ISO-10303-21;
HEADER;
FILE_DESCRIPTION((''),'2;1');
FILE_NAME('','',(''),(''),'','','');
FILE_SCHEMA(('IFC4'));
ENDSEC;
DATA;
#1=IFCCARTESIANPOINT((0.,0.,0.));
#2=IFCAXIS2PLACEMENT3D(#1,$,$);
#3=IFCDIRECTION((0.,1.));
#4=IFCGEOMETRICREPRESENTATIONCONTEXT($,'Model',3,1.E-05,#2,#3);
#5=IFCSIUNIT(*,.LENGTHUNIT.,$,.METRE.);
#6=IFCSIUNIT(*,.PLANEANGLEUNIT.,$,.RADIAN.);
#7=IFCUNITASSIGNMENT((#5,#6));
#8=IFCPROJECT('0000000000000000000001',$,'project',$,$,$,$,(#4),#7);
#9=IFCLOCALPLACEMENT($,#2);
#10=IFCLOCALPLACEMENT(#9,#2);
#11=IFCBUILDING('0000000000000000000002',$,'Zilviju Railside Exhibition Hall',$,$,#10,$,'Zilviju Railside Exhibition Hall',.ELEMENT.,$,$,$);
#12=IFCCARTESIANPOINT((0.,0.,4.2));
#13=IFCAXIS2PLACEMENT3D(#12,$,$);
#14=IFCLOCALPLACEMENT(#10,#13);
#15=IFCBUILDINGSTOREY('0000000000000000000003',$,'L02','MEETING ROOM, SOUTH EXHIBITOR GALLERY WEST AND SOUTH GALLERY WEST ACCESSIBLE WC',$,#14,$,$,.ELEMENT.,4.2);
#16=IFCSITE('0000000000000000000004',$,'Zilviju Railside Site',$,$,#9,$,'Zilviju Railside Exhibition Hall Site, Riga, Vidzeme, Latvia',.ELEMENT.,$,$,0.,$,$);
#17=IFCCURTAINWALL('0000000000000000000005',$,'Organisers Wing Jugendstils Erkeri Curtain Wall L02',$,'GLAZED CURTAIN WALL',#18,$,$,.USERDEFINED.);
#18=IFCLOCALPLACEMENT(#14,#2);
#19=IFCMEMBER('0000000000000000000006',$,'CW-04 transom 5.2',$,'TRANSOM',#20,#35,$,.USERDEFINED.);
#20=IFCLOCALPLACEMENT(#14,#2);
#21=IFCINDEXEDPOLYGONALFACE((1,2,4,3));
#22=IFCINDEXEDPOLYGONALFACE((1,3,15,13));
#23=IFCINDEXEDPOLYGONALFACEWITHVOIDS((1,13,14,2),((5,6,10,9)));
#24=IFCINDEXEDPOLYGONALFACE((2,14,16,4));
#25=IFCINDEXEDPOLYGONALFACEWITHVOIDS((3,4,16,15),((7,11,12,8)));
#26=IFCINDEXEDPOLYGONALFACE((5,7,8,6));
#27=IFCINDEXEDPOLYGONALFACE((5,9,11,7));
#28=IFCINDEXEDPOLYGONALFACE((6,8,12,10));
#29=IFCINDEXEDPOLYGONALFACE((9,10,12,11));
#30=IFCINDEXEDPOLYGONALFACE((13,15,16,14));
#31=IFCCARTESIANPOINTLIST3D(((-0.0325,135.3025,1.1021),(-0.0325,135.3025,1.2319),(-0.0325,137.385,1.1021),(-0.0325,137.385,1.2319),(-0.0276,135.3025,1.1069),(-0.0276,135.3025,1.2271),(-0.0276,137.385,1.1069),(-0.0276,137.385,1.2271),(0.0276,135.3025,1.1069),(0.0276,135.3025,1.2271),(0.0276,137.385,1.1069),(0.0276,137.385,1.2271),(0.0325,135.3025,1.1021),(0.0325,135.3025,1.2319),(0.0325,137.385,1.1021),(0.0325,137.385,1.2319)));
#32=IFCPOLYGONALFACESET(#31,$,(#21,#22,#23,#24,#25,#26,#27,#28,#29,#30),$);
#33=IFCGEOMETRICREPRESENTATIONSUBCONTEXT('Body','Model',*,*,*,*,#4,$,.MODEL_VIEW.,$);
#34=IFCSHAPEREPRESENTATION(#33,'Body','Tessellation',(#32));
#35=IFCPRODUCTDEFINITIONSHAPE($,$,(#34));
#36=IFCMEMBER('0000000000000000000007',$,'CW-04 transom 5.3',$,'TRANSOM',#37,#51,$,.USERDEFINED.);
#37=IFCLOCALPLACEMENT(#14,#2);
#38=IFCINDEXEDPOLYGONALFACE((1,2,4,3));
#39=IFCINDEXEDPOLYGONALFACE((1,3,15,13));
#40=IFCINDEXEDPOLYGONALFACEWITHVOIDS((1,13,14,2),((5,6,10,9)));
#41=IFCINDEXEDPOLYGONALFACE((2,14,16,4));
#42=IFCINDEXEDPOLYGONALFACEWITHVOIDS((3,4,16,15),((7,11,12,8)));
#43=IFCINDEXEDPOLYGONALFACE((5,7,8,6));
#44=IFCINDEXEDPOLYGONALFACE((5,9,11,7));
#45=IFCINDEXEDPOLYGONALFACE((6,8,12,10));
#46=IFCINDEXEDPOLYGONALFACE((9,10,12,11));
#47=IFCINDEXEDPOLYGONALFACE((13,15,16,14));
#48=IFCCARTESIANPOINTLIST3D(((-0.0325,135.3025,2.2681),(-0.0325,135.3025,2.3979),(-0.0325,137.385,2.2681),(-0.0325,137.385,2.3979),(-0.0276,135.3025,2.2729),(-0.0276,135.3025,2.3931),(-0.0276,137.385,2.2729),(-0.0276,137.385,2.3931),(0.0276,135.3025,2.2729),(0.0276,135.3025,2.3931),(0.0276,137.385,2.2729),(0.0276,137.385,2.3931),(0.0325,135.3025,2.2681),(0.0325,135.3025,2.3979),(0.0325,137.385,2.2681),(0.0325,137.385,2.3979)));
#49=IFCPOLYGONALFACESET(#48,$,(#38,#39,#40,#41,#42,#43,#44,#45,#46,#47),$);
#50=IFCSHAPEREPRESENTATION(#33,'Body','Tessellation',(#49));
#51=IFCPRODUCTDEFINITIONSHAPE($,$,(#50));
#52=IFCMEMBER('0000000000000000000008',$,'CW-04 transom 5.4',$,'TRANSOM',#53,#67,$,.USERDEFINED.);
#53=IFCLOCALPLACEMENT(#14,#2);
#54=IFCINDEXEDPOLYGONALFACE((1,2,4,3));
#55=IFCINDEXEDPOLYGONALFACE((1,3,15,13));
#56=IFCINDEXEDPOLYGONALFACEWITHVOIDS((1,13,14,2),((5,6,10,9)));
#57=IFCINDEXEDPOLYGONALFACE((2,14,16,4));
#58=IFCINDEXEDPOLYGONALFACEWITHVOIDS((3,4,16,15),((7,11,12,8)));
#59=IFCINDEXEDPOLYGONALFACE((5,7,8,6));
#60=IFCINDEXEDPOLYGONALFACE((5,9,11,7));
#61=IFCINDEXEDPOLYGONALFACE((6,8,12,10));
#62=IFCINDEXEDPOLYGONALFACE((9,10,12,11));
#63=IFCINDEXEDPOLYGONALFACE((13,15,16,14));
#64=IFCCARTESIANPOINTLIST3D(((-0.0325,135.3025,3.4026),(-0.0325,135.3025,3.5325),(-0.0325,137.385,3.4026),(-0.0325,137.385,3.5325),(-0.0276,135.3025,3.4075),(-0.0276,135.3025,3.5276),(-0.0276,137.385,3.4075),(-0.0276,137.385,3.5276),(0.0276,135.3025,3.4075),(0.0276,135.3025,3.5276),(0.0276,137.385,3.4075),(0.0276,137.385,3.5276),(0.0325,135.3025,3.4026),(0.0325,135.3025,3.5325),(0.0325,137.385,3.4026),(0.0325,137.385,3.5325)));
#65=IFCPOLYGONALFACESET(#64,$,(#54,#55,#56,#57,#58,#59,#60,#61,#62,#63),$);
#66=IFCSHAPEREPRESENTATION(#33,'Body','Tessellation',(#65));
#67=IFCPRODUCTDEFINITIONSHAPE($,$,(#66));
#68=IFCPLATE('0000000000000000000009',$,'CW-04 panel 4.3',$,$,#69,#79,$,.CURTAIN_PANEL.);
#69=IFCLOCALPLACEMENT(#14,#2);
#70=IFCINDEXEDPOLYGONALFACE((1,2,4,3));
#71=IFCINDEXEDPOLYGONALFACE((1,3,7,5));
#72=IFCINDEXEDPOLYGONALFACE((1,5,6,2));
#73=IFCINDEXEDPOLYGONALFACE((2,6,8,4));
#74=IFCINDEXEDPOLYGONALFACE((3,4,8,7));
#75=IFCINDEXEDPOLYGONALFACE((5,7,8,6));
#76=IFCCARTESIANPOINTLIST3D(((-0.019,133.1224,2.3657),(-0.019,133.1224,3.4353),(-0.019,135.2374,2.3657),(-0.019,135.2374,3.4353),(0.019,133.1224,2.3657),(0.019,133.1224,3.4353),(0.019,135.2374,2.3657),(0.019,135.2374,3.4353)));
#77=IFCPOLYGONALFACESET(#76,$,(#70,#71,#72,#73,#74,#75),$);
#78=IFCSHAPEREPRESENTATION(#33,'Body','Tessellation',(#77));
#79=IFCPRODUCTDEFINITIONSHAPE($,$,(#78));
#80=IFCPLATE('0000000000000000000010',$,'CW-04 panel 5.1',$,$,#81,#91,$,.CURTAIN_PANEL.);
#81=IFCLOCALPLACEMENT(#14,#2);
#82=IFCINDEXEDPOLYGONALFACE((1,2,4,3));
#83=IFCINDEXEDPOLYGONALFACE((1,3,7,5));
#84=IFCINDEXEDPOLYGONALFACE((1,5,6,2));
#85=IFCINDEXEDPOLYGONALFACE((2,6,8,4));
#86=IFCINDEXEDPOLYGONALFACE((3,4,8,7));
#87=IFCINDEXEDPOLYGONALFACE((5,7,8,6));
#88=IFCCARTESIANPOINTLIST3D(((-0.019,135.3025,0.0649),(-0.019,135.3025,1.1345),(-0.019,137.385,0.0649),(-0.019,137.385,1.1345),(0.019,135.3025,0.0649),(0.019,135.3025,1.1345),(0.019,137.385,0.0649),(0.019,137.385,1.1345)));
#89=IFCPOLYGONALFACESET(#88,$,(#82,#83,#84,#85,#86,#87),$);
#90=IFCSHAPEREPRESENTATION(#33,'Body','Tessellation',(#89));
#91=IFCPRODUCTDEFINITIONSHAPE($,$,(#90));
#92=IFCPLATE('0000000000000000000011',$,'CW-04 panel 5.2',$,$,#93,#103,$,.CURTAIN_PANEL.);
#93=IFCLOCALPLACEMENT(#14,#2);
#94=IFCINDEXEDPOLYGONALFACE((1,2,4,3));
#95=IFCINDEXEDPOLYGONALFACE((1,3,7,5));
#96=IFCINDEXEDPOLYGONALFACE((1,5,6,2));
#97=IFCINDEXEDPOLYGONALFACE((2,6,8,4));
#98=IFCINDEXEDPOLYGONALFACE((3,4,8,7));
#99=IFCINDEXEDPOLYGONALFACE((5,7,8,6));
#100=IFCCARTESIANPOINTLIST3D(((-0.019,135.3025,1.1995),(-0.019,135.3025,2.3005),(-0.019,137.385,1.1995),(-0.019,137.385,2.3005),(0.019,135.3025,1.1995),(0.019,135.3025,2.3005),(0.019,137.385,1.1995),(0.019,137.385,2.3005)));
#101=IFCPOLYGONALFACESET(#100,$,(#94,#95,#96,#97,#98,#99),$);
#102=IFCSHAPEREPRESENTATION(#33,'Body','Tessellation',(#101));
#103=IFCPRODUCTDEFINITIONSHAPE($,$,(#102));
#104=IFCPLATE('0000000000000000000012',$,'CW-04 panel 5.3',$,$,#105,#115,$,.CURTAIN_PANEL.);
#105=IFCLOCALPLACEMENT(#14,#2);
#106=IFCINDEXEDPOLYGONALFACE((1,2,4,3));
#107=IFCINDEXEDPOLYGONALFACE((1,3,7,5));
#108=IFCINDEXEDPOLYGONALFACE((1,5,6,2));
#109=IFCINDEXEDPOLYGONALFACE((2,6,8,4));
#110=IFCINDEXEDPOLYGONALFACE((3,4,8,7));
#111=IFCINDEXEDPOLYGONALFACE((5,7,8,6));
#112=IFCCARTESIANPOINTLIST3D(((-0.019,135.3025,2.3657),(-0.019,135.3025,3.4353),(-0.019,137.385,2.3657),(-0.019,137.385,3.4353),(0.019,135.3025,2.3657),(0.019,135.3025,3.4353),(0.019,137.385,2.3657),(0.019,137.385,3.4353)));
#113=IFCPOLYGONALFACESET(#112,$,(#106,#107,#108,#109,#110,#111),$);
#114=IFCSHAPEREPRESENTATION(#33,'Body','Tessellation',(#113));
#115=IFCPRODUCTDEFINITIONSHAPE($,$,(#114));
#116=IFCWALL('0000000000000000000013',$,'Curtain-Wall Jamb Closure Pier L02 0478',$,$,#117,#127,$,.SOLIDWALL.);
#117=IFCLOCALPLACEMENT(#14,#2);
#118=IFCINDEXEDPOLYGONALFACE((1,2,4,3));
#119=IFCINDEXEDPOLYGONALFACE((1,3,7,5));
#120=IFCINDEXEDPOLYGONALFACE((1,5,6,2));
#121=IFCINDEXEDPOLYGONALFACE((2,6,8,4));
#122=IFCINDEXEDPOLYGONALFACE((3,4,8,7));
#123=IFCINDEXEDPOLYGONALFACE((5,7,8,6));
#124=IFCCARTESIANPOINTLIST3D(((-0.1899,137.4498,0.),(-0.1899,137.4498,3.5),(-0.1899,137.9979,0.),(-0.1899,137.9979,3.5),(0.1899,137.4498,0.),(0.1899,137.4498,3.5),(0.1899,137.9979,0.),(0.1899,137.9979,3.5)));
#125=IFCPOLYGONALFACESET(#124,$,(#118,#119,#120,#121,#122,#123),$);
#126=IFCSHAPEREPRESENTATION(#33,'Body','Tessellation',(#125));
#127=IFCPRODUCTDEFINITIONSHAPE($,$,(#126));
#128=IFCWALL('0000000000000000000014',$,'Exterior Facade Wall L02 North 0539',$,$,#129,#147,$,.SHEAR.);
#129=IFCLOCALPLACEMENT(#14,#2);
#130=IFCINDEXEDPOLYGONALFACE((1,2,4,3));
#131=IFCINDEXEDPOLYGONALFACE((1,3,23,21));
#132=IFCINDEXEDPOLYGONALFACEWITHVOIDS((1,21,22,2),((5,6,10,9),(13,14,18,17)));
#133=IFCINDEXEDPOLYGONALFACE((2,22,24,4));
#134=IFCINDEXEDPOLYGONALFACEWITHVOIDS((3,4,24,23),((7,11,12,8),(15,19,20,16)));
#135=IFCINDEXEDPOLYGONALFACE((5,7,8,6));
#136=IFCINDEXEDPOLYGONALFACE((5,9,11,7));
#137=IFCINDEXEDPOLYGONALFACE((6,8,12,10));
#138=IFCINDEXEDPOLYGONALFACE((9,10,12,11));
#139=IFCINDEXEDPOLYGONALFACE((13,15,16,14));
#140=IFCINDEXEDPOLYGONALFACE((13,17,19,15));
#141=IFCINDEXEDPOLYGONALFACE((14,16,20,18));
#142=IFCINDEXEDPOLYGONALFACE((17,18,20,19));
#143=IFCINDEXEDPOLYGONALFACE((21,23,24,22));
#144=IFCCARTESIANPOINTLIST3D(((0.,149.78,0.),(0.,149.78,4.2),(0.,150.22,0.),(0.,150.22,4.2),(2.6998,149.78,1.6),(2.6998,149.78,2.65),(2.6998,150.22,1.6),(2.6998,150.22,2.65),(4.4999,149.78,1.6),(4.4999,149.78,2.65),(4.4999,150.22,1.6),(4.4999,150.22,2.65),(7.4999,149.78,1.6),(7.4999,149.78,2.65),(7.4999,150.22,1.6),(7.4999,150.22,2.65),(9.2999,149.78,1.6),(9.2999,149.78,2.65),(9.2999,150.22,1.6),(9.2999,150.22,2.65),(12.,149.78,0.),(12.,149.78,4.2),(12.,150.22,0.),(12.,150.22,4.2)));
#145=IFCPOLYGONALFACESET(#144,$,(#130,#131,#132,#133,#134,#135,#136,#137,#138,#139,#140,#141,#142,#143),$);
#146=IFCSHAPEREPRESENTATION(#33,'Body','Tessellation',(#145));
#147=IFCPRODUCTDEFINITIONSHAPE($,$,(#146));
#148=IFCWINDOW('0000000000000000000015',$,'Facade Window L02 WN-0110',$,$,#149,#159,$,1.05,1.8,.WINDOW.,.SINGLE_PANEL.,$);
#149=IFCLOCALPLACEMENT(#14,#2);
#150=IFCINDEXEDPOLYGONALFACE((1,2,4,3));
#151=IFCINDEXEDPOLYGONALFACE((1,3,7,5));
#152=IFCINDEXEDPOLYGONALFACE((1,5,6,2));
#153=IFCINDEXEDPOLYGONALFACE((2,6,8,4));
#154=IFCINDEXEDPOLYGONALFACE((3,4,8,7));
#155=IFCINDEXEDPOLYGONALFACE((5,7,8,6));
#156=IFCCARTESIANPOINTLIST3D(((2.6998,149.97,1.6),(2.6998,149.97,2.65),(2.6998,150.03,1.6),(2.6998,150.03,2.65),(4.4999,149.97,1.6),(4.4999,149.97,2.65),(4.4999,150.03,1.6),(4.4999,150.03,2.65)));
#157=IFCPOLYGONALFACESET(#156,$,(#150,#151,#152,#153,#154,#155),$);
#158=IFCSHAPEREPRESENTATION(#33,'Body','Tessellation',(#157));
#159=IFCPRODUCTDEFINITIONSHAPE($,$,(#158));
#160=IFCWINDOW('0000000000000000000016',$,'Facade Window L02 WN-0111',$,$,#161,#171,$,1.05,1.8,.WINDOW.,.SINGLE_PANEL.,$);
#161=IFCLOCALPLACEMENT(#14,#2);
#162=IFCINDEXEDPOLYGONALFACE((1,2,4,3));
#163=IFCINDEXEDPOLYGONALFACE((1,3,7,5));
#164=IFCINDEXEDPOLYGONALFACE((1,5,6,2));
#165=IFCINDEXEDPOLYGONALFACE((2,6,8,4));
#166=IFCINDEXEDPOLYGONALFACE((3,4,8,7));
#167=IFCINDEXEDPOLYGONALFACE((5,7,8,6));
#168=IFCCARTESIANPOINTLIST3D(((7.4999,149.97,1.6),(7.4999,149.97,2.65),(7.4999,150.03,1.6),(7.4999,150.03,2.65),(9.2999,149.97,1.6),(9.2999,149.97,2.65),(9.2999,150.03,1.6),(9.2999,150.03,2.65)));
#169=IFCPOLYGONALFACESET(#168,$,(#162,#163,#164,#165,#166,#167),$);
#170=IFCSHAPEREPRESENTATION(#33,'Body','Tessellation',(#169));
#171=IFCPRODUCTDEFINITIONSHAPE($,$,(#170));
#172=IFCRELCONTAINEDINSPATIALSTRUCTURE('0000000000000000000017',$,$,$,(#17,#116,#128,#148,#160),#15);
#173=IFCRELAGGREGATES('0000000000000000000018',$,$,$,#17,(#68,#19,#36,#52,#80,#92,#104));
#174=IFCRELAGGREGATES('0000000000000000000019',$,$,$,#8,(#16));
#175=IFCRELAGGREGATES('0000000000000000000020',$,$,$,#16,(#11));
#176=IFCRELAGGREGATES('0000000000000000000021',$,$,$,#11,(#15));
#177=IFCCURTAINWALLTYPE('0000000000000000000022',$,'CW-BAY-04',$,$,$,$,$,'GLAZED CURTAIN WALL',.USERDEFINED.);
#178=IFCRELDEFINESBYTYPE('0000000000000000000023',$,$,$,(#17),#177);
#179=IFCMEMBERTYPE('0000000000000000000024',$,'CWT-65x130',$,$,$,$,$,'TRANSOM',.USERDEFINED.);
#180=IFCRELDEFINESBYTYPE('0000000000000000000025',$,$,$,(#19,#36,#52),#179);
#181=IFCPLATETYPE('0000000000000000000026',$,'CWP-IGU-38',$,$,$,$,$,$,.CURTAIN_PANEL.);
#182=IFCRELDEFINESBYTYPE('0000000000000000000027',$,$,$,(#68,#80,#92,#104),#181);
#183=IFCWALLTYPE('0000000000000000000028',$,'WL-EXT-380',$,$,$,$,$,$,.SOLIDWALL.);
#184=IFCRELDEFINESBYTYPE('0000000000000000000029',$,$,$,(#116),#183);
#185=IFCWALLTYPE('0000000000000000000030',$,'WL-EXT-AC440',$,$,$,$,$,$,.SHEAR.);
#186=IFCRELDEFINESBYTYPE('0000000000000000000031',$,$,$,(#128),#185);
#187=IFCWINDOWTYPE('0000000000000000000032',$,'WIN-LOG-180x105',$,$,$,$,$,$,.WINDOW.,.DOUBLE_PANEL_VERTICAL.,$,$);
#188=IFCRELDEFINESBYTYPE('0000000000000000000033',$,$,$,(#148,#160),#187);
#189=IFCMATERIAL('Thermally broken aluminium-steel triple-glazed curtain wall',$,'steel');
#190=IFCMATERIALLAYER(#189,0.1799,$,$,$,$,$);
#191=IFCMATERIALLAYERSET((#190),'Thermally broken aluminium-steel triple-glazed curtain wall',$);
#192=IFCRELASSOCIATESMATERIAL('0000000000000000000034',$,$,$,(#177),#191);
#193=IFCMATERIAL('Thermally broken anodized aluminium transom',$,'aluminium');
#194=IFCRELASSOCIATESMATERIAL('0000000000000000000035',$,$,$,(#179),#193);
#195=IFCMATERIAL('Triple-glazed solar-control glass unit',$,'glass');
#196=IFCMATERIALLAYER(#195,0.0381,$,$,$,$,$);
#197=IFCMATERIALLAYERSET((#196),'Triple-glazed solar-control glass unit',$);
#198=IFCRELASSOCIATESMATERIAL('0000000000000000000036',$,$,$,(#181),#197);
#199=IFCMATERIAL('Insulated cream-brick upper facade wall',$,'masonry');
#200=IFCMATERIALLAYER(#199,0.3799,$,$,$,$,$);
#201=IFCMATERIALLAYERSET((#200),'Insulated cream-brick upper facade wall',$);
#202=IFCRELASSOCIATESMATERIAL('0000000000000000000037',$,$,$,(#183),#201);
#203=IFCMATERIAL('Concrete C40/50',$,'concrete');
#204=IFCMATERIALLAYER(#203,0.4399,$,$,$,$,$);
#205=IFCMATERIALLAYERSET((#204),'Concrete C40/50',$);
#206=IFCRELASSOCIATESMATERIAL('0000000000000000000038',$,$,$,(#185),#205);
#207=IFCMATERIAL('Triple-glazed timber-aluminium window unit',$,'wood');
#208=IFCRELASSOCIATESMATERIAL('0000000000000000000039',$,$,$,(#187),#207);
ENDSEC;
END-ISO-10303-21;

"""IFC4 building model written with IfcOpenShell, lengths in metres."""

from ifc_helpers import new_model, si_unit, direction, frame, frame_2d, origin, origin_2d, place, context, subcontext, project, spatial, rectangle, hollow_rectangle, extrude, material, layer, layer_set, material_profile, profile_set, type_object, element, fill, aggregate, save


model = new_model("IFC4")

# Units and contexts
model_context = context("Model", 3, precision=1e-05, world=origin(), true_north=direction((0.0, 1.0)))
body_context = subcontext(model_context, "Body", "Model", "MODEL_VIEW")
ifc_project = project(units=[si_unit("LENGTHUNIT", "METRE"), si_unit("PLANEANGLEUNIT", "RADIAN")], contexts=[model_context])

# Site, building, storey
site_placement = place(None, origin())
site = spatial("IfcSite", under=ifc_project, at=site_placement, Name="Zilviju Railside Site", LongName="Zilviju Railside Exhibition Hall Site, Riga, Vidzeme, Latvia", CompositionType="ELEMENT", RefElevation=0.0)
building_placement = place(site_placement, origin())
building = spatial("IfcBuilding", under=site, at=building_placement, Name="Zilviju Railside Exhibition Hall", LongName="Zilviju Railside Exhibition Hall", CompositionType="ELEMENT")
storey_placement = place(building_placement, frame((0.0, 0.0, 4.2)))
storey = spatial("IfcBuildingStorey", under=building, at=storey_placement, Name="L02", Description="MEETING ROOM, SOUTH EXHIBITOR GALLERY WEST AND SOUTH GALLERY WEST ACCESSIBLE WC", CompositionType="ELEMENT", Elevation=4.2)

# Shared definitions
ifc_material_1 = material(Name="Concrete C40/50", Category="concrete")

# Curtain wall, members, plates
ifc_material_2 = material(Name="Thermally broken aluminium-steel triple-glazed curtain wall", Category="steel")
ifc_layer_1 = layer(ifc_material_2, 0.1799)
ifc_layer_set_1 = layer_set([ifc_layer_1], Name="Thermally broken aluminium-steel triple-glazed curtain wall")
curtain_wall_type = type_object("IfcCurtainWallType", Name="CW-BAY-04", ElementType="GLAZED CURTAIN WALL", PredefinedType="USERDEFINED", material=ifc_layer_set_1)
curtain_wall_placement = place(storey_placement, origin())
curtain_wall = element("IfcCurtainWall", 1, at=curtain_wall_placement, inside=storey, type_object=curtain_wall_type, Name="Organisers Wing Jugendstils Erkeri Curtain Wall L02", ObjectType="GLAZED CURTAIN WALL", PredefinedType="USERDEFINED")
ifc_material_3 = material(Name="Thermally broken anodized aluminium transom", Category="aluminium")
ifc_material_profile_1 = material_profile(ifc_material_3, hollow_rectangle(XDim=0.0649, YDim=0.1299, WallThickness=0.0049, at=origin_2d()), Name="TRANSOM 130x65x5")
ifc_profile_set_1 = profile_set([ifc_material_profile_1], Name="Thermally broken anodized aluminium transom")
member_type_1 = type_object("IfcMemberType", Name="CWT-65x130", ElementType="TRANSOM", PredefinedType="USERDEFINED", material=ifc_profile_set_1)
member_1_placement = place(storey_placement, frame((0.0, 135.3025, 1.167), z_axis=(0.0, 1.0, 0.0), x_axis=(-1.0, 0.0, 0.0)))
member_1 = element("IfcMember", 2, at=member_1_placement, type_object=member_type_1, Name="CW-04 transom 5.2", ObjectType="TRANSOM", PredefinedType="USERDEFINED", context=body_context, shape_type="SweptSolid", body=[
    extrude(hollow_rectangle(XDim=0.0649, YDim=0.1299, WallThickness=0.0049, at=origin_2d()), origin(), (0.0, 0.0, 1.0), 2.0825),
])
member_2_placement = place(storey_placement, frame((0.0, 135.3025, 2.333), z_axis=(0.0, 1.0, 0.0), x_axis=(-1.0, 0.0, 0.0)))
member_2 = element("IfcMember", 3, at=member_2_placement, type_object=member_type_1, Name="CW-04 transom 5.3", ObjectType="TRANSOM", PredefinedType="USERDEFINED", context=body_context, shape_type="SweptSolid", body=[
    extrude(hollow_rectangle(XDim=0.0649, YDim=0.1299, WallThickness=0.0049, at=origin_2d()), origin(), (0.0, 0.0, 1.0), 2.0825),
])
member_3_placement = place(storey_placement, frame((0.0, 135.3025, 3.4675), z_axis=(0.0, 1.0, 0.0), x_axis=(-1.0, 0.0, 0.0)))
member_3 = element("IfcMember", 4, at=member_3_placement, type_object=member_type_1, Name="CW-04 transom 5.4", ObjectType="TRANSOM", PredefinedType="USERDEFINED", context=body_context, shape_type="SweptSolid", body=[
    extrude(hollow_rectangle(XDim=0.0649, YDim=0.1299, WallThickness=0.0049, at=origin_2d()), origin(), (0.0, 0.0, 1.0), 2.0825),
])
ifc_material_4 = material(Name="Triple-glazed solar-control glass unit", Category="glass")
ifc_layer_2 = layer(ifc_material_4, 0.0381)
ifc_layer_set_2 = layer_set([ifc_layer_2], Name="Triple-glazed solar-control glass unit")
plate_type = type_object("IfcPlateType", Name="CWP-IGU-38", PredefinedType="CURTAIN_PANEL", material=ifc_layer_set_2)
plate_1_placement = place(storey_placement, frame((0.0, 134.1799, 2.3657), z_axis=(0.0, 0.0, 1.0), x_axis=(0.0, 1.0, 0.0)))
plate_1 = element("IfcPlate", 5, at=plate_1_placement, type_object=plate_type, Name="CW-04 panel 4.3", PredefinedType="CURTAIN_PANEL", context=body_context, shape_type="SweptSolid", body=[
    extrude(rectangle(XDim=2.115, YDim=0.0381, at=origin_2d()), origin(), (0.0, 0.0, 1.0), 1.0696),
])
plate_2_placement = place(storey_placement, frame((0.0, 136.3438, 0.0649), z_axis=(0.0, 0.0, 1.0), x_axis=(0.0, 1.0, 0.0)))
plate_2 = element("IfcPlate", 6, at=plate_2_placement, type_object=plate_type, Name="CW-04 panel 5.1", PredefinedType="CURTAIN_PANEL", context=body_context, shape_type="SweptSolid", body=[
    extrude(rectangle(XDim=2.0825, YDim=0.0381, at=origin_2d()), origin(), (0.0, 0.0, 1.0), 1.0696),
])
plate_3_placement = place(storey_placement, frame((0.0, 136.3438, 1.1995), z_axis=(0.0, 0.0, 1.0), x_axis=(0.0, 1.0, 0.0)))
plate_3 = element("IfcPlate", 7, at=plate_3_placement, type_object=plate_type, Name="CW-04 panel 5.2", PredefinedType="CURTAIN_PANEL", context=body_context, shape_type="SweptSolid", body=[
    extrude(rectangle(XDim=2.0825, YDim=0.0381, at=origin_2d()), origin(), (0.0, 0.0, 1.0), 1.1011),
])
plate_4_placement = place(storey_placement, frame((0.0, 136.3438, 2.3657), z_axis=(0.0, 0.0, 1.0), x_axis=(0.0, 1.0, 0.0)))
plate_4 = element("IfcPlate", 8, at=plate_4_placement, type_object=plate_type, Name="CW-04 panel 5.3", PredefinedType="CURTAIN_PANEL", context=body_context, shape_type="SweptSolid", body=[
    extrude(rectangle(XDim=2.0825, YDim=0.0381, at=origin_2d()), origin(), (0.0, 0.0, 1.0), 1.0696),
])
aggregate(curtain_wall, [plate_1, member_1, member_2, member_3, plate_2, plate_3, plate_4])

# Wall
ifc_material_5 = material(Name="Insulated cream-brick upper facade wall", Category="masonry")
ifc_layer_3 = layer(ifc_material_5, 0.3799)
ifc_layer_set_3 = layer_set([ifc_layer_3], Name="Insulated cream-brick upper facade wall")
wall_type_1 = type_object("IfcWallType", Name="WL-EXT-380", PredefinedType="SOLIDWALL", material=ifc_layer_set_3)
wall_1_placement = place(storey_placement, frame((0.0, 137.45, 0.0), z_axis=(0.0, 0.0, 1.0), x_axis=(0.0, 1.0, 0.0)))
element("IfcWall", 9, at=wall_1_placement, inside=storey, type_object=wall_type_1, Name="Curtain-Wall Jamb Closure Pier L02 0478", PredefinedType="SOLIDWALL", context=body_context, shape_type="SweptSolid", body=[
    extrude(rectangle(XDim=0.5481, YDim=0.3799, at=frame_2d((0.2739, 0.0))), origin(), (0.0, 0.0, 1.0), 3.5),
])

# Wall, openings, windows
ifc_layer_4 = layer(ifc_material_1, 0.4399)
ifc_layer_set_4 = layer_set([ifc_layer_4], Name="Concrete C40/50")
wall_type_2 = type_object("IfcWallType", Name="WL-EXT-AC440", PredefinedType="SHEAR", material=ifc_layer_set_4)
wall_2_placement = place(storey_placement, frame((0.0, 150.0, 0.0), z_axis=(0.0, 0.0, 1.0), x_axis=(1.0, 0.0, 0.0)))
wall_2 = element("IfcWall", 10, at=wall_2_placement, inside=storey, type_object=wall_type_2, Name="Exterior Facade Wall L02 North 0539", PredefinedType="SHEAR", context=body_context, shape_type="SweptSolid", body=[
    extrude(rectangle(XDim=12.0, YDim=0.4399, at=frame_2d((6.0, 0.0))), origin(), (0.0, 0.0, 1.0), 4.2),
])
opening_1_placement = place(wall_2_placement, frame((2.7, 0.0, 1.6001)))
opening_1 = element("IfcOpeningElement", 11, at=opening_1_placement, cuts=wall_2, PredefinedType="OPENING", context=body_context, shape_type="SweptSolid", body=[
    extrude(rectangle(XDim=1.8, YDim=1.05, at=frame_2d((0.8999, 0.5249))), frame((0.0, 0.23, 0.0), z_axis=(0.0, -1.0, 0.0), x_axis=(1.0, 0.0, 0.0)), (0.0, 0.0, 1.0), 0.46),
])
opening_2_placement = place(wall_2_placement, frame((7.5, 0.0, 1.6001)))
opening_2 = element("IfcOpeningElement", 12, at=opening_2_placement, cuts=wall_2, PredefinedType="OPENING", context=body_context, shape_type="SweptSolid", body=[
    extrude(rectangle(XDim=1.8, YDim=1.05, at=frame_2d((0.8999, 0.5249))), frame((0.0, 0.23, 0.0), z_axis=(0.0, -1.0, 0.0), x_axis=(1.0, 0.0, 0.0)), (0.0, 0.0, 1.0), 0.46),
])
ifc_material_6 = material(Name="Triple-glazed timber-aluminium window unit", Category="wood")
window_type = type_object("IfcWindowType", Name="WIN-LOG-180x105", PartitioningType="DOUBLE_PANEL_VERTICAL", PredefinedType="WINDOW", material=ifc_material_6)
window_1_placement = place(opening_1_placement, origin())
window_1 = element("IfcWindow", 13, at=window_1_placement, inside=storey, type_object=window_type, Name="Facade Window L02 WN-0110", OverallHeight=1.05, OverallWidth=1.8, PartitioningType="SINGLE_PANEL", PredefinedType="WINDOW", context=body_context, shape_type="SweptSolid", body=[
    extrude(rectangle(XDim=1.8, YDim=1.05, at=frame_2d((0.8999, 0.5249))), frame((0.0, 0.03, 0.0), z_axis=(0.0, -1.0, 0.0), x_axis=(1.0, 0.0, 0.0)), (0.0, 0.0, 1.0), 0.0601),
])
fill(opening_1, window_1)
window_2_placement = place(opening_2_placement, origin())
window_2 = element("IfcWindow", 14, at=window_2_placement, inside=storey, type_object=window_type, Name="Facade Window L02 WN-0111", OverallHeight=1.05, OverallWidth=1.8, PartitioningType="SINGLE_PANEL", PredefinedType="WINDOW", context=body_context, shape_type="SweptSolid", body=[
    extrude(rectangle(XDim=1.8, YDim=1.05, at=frame_2d((0.8999, 0.5249))), frame((0.0, 0.03, 0.0), z_axis=(0.0, -1.0, 0.0), x_axis=(1.0, 0.0, 0.0)), (0.0, 0.0, 1.0), 0.0601),
])
fill(opening_2, window_2)

save(model, "model.ifc")
